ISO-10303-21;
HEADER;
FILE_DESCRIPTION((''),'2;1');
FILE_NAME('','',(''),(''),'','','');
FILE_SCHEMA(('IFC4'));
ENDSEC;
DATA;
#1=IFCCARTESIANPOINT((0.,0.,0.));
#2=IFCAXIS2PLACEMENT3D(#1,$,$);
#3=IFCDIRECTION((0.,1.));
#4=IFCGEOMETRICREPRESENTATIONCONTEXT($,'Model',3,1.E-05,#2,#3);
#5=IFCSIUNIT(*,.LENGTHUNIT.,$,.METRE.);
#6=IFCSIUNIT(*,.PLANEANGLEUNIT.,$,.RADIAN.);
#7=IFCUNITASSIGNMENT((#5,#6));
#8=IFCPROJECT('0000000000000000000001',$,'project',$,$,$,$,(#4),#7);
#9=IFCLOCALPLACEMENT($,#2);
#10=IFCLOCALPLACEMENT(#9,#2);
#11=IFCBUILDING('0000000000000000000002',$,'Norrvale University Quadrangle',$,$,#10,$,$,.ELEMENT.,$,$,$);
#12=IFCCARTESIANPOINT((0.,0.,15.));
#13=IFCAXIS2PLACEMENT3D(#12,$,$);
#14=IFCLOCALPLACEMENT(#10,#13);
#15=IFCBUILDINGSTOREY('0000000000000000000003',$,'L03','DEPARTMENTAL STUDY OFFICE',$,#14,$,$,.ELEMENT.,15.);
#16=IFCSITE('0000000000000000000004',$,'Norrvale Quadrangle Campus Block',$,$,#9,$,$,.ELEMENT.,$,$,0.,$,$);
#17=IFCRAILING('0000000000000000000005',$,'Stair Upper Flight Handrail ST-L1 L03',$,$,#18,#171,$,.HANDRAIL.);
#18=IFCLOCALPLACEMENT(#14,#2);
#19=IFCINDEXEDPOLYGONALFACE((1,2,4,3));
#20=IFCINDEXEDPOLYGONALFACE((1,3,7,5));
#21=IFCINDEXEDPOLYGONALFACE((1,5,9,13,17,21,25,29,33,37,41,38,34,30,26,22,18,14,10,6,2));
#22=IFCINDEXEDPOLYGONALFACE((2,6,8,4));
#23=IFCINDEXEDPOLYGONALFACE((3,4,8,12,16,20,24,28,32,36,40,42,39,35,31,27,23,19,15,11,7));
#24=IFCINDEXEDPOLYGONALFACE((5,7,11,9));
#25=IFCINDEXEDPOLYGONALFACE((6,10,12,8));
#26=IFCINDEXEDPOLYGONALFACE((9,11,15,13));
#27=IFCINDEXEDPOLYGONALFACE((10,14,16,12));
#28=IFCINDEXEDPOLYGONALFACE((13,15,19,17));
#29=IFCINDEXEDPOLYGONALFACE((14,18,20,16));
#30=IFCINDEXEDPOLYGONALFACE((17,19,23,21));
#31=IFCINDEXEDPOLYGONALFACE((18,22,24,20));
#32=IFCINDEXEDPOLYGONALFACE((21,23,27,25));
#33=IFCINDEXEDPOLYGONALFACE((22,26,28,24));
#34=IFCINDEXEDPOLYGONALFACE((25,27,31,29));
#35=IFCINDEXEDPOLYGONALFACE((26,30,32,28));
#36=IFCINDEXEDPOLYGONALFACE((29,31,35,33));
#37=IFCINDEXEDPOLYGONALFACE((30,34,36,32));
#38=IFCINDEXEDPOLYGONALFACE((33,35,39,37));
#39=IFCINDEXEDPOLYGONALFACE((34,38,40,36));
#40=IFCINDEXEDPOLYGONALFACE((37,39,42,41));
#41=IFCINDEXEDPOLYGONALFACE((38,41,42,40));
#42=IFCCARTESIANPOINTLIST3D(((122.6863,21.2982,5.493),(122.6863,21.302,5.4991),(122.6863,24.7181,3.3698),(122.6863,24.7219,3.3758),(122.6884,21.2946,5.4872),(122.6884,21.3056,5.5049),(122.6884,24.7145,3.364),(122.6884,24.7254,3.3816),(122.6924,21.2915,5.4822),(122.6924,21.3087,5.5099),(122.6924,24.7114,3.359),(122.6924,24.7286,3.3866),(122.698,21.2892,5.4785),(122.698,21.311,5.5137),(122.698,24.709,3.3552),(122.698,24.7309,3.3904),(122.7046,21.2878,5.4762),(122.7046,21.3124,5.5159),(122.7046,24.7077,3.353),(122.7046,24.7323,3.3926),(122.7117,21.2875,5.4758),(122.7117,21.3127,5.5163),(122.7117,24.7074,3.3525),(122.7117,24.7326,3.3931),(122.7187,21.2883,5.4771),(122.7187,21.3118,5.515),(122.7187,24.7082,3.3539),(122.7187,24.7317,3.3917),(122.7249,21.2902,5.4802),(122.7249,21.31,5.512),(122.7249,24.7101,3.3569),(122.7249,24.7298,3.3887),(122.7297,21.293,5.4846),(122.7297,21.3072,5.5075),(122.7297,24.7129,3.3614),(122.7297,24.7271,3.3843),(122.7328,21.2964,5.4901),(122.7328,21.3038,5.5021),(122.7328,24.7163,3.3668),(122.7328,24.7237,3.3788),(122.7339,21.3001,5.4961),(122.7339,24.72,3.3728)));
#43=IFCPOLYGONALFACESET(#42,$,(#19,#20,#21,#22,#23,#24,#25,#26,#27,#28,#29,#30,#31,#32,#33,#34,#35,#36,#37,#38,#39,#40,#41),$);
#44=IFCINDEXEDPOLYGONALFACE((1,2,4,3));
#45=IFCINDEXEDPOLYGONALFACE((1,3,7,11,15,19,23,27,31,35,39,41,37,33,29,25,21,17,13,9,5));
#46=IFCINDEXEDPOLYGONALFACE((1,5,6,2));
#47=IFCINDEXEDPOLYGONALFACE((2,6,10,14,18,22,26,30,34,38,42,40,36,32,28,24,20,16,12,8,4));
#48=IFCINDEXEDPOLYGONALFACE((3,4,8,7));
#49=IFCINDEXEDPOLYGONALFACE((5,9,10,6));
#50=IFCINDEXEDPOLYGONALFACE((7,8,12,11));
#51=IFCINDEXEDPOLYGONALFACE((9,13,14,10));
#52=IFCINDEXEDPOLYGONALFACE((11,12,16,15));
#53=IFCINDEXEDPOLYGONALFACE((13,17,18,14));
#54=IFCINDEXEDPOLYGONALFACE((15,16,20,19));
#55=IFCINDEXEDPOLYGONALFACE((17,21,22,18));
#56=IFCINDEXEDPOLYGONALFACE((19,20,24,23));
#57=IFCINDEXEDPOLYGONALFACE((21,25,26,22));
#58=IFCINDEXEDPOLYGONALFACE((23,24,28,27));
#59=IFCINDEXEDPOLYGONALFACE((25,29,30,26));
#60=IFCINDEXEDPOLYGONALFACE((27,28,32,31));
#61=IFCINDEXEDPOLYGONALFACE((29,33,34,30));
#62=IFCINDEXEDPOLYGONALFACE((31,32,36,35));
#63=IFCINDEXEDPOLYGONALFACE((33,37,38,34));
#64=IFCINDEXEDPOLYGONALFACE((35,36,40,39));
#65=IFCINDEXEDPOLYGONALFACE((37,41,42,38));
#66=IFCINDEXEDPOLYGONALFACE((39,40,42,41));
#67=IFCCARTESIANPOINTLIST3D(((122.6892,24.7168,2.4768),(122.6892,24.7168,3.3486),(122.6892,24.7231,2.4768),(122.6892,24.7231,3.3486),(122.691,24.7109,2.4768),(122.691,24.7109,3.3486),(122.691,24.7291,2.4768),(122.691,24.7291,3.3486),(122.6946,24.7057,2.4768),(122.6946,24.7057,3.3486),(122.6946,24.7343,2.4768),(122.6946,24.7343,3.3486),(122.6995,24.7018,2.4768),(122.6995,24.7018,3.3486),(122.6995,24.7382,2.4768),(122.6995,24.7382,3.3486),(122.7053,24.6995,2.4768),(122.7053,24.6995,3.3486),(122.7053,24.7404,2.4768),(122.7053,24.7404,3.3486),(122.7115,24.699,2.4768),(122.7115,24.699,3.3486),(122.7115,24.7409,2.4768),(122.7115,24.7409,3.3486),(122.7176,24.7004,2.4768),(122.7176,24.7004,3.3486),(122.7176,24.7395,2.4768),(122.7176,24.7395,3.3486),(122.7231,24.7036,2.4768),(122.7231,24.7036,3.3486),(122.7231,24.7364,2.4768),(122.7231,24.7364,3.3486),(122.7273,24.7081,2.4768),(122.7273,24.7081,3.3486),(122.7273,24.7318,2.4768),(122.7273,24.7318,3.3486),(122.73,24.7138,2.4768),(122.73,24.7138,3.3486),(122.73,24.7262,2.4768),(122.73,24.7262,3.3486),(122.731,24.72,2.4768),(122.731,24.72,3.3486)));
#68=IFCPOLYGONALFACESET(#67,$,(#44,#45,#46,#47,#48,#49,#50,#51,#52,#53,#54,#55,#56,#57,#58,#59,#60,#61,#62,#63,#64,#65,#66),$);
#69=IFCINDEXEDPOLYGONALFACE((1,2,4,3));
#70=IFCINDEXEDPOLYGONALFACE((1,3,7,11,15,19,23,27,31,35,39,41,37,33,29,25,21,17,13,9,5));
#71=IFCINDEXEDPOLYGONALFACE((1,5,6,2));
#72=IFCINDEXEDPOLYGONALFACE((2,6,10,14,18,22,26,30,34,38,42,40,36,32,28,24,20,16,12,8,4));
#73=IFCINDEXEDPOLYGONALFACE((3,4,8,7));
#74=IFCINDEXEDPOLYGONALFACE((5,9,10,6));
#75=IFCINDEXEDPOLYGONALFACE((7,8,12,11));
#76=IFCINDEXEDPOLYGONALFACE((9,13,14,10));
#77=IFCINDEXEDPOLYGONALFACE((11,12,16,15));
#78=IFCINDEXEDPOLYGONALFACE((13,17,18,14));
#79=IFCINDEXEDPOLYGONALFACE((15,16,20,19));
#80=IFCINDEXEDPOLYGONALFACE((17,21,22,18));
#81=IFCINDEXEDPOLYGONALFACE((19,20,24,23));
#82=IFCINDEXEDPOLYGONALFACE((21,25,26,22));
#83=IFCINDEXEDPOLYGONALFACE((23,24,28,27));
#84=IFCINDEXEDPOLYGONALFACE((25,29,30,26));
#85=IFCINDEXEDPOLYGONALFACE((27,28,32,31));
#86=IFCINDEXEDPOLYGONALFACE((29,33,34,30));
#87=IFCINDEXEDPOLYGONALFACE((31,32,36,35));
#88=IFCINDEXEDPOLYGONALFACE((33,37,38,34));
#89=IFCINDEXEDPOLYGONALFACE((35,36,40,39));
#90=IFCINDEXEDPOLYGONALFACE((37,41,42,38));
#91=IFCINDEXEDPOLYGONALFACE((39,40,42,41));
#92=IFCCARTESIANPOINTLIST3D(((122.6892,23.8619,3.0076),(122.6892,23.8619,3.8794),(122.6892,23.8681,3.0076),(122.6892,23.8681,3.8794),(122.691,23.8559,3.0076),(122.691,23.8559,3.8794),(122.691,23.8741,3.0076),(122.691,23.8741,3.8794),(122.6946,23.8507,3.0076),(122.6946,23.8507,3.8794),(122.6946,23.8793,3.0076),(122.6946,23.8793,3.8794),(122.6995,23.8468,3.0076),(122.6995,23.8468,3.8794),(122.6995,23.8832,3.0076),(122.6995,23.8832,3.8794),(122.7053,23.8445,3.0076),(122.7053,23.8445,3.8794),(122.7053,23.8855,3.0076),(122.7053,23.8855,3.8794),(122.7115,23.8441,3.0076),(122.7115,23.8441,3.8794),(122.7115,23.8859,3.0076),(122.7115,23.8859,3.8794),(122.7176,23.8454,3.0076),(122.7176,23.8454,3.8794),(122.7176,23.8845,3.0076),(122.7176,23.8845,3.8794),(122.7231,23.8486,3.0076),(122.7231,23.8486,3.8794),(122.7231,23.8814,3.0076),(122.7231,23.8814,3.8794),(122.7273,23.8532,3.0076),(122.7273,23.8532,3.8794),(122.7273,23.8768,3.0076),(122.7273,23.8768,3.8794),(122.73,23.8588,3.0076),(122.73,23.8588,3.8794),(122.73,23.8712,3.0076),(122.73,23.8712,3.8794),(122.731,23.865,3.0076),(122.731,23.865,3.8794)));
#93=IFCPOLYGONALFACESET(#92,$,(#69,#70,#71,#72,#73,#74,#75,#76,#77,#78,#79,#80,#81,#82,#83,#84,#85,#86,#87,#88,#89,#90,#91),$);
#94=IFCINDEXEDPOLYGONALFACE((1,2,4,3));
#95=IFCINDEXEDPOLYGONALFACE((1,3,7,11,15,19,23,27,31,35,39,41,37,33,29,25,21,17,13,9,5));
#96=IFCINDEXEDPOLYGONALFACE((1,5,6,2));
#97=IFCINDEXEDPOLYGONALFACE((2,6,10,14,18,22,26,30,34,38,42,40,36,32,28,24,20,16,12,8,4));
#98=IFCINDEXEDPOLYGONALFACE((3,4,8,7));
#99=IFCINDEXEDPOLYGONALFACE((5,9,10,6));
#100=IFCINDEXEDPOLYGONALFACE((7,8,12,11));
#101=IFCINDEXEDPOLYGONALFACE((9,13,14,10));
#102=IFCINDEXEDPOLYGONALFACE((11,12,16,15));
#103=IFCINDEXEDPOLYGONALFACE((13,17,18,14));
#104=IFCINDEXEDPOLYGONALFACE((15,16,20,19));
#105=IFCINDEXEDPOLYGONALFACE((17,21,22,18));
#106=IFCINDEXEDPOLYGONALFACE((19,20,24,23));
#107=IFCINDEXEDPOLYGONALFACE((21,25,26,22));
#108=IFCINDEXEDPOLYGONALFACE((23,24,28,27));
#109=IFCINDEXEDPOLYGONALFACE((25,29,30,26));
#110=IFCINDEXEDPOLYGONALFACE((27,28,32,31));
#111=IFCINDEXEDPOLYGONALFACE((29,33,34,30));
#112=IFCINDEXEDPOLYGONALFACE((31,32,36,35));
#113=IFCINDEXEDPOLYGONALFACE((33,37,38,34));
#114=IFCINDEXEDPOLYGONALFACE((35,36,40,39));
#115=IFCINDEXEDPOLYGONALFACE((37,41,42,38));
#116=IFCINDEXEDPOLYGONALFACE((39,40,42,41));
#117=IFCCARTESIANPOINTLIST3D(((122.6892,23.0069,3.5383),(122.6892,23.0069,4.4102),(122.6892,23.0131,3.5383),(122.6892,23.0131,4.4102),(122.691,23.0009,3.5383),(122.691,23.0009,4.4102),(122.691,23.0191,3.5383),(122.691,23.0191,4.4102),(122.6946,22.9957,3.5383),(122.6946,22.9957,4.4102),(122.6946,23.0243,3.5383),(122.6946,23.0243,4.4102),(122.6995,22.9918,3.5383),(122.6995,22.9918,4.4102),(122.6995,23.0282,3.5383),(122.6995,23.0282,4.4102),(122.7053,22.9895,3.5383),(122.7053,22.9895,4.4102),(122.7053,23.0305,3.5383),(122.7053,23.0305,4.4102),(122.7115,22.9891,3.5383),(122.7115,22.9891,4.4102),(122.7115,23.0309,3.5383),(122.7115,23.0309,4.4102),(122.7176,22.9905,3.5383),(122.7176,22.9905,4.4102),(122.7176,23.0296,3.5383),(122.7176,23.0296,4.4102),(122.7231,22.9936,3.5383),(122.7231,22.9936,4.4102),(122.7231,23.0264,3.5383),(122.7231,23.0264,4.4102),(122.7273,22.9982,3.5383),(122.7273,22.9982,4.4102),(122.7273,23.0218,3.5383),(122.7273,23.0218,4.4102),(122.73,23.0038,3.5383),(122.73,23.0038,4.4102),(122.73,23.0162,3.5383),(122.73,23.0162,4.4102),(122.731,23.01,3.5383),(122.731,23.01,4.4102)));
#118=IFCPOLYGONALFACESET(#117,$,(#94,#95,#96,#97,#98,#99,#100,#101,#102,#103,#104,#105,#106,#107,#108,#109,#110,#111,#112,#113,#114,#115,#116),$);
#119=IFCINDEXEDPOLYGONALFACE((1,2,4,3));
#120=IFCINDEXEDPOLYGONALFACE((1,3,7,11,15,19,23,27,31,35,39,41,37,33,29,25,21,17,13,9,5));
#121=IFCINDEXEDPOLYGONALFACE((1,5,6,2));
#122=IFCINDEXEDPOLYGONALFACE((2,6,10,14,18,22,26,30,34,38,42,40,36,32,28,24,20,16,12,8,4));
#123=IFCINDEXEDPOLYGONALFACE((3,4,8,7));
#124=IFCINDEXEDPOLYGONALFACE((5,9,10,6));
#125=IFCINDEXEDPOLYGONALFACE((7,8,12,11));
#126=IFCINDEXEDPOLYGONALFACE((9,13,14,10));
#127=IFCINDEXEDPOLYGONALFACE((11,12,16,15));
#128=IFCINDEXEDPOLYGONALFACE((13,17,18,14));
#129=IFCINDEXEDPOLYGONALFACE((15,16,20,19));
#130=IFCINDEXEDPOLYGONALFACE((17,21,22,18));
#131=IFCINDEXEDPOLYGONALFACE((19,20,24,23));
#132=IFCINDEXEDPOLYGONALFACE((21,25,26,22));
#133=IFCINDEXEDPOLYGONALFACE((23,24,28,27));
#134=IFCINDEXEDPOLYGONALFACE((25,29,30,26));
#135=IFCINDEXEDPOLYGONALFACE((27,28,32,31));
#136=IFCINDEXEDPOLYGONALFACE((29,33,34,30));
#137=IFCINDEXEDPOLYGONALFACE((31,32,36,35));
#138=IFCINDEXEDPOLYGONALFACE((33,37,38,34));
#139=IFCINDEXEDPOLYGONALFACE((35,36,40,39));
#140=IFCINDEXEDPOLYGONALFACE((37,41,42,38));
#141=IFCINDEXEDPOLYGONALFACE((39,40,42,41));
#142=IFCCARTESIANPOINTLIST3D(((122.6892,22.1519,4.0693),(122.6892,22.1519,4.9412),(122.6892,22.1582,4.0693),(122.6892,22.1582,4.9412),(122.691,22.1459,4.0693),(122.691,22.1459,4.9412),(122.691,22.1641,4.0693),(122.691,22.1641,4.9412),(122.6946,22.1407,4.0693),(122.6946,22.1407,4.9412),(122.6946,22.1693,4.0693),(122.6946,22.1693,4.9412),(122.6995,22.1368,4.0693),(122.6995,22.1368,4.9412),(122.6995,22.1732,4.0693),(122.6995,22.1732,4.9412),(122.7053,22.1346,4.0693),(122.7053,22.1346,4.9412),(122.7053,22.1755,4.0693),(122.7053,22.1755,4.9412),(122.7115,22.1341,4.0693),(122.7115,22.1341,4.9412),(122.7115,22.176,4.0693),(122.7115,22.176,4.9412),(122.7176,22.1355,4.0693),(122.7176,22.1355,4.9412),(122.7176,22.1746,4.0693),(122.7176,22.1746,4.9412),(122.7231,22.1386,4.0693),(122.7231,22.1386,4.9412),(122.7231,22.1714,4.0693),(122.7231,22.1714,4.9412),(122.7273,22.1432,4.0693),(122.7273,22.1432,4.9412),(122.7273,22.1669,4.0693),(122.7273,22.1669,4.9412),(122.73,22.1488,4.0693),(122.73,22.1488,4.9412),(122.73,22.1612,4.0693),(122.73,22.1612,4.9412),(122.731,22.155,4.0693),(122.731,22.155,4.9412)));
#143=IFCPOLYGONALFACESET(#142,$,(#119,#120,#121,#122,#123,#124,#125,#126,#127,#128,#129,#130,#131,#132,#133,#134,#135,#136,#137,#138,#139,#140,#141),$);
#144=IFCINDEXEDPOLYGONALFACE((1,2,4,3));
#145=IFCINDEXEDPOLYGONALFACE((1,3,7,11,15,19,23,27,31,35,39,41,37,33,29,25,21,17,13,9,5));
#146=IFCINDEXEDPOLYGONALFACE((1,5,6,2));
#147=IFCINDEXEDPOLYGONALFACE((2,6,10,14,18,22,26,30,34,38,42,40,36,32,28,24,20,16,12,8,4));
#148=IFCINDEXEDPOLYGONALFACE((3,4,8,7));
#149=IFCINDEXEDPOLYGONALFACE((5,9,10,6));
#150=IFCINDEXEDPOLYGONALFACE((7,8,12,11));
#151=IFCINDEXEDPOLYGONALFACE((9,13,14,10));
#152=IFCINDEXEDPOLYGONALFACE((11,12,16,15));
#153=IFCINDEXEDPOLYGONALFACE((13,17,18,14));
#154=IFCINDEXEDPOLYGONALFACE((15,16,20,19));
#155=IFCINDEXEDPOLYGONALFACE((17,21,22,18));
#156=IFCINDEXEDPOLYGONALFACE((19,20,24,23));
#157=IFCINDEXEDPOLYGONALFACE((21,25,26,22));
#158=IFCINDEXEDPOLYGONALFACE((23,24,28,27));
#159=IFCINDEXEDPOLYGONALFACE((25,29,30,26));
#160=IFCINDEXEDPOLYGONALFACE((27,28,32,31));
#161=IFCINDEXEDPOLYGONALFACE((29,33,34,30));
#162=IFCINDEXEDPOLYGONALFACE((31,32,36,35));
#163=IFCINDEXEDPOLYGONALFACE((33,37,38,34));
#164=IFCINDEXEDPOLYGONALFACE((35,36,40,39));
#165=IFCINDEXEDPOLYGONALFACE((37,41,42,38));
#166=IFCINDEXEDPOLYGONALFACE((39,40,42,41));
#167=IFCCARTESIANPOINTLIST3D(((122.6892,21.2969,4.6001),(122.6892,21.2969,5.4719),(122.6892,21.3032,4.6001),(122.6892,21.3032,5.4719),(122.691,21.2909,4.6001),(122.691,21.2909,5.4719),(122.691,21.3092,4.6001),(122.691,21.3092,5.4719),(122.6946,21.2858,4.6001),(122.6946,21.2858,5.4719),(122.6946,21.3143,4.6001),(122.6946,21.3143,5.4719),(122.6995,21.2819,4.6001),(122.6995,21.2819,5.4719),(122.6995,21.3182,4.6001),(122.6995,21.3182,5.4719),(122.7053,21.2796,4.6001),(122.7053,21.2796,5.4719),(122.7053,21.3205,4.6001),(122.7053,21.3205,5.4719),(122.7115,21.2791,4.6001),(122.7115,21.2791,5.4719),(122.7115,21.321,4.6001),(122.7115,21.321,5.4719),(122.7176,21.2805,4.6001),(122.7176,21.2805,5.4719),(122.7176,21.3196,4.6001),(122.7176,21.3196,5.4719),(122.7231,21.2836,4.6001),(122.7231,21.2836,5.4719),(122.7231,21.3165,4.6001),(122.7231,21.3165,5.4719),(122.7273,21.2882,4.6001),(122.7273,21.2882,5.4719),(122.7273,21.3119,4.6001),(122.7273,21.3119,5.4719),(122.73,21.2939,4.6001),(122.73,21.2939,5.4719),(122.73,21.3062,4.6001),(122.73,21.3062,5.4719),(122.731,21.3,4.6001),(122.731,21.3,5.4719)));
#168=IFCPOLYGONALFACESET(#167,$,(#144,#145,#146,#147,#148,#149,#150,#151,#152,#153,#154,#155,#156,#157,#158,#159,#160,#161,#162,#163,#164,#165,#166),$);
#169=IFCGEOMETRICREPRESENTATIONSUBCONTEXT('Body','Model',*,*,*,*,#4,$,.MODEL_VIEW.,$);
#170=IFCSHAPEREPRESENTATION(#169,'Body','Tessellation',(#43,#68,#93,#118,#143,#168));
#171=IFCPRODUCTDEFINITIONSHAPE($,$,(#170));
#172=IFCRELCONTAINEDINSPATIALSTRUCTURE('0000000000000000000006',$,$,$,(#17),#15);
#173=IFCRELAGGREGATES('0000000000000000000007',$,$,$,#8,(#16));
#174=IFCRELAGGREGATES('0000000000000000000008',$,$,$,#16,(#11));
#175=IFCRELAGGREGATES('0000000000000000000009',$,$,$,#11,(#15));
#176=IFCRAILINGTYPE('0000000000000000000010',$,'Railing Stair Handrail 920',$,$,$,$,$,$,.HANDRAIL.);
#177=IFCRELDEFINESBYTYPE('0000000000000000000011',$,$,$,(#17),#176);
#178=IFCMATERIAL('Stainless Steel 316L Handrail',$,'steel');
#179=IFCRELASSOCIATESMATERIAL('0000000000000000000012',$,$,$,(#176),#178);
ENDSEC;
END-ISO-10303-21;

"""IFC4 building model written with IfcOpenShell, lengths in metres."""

from ifc_helpers import new_model, si_unit, direction, frame, origin, origin_2d, place, context, subcontext, project, spatial, circle, extrude, material, type_object, element, save


model = new_model("IFC4")

# Units and contexts
model_context = context("Model", 3, precision=1e-05, world=origin(), true_north=direction((0.0, 1.0)))
body_context = subcontext(model_context, "Body", "Model", "MODEL_VIEW")
ifc_project = project(units=[si_unit("LENGTHUNIT", "METRE"), si_unit("PLANEANGLEUNIT", "RADIAN")], contexts=[model_context])

# Site, building, storey
site_placement = place(None, origin())
site = spatial("IfcSite", under=ifc_project, at=site_placement, Name="Norrvale Quadrangle Campus Block", CompositionType="ELEMENT", RefElevation=0.0)
building_placement = place(site_placement, origin())
building = spatial("IfcBuilding", under=site, at=building_placement, Name="Norrvale University Quadrangle", CompositionType="ELEMENT")
storey_placement = place(building_placement, frame((0.0, 0.0, 15.0)))
storey = spatial("IfcBuildingStorey", under=building, at=storey_placement, Name="L03", Description="DEPARTMENTAL STUDY OFFICE", CompositionType="ELEMENT", Elevation=15.0)

# Railing
ifc_material_1 = material(Name="Stainless Steel 316L Handrail", Category="steel")
railing_type_1 = type_object("IfcRailingType", Name="Railing Stair Handrail 920", PredefinedType="HANDRAIL", material=ifc_material_1)
railing_1_placement = place(storey_placement, frame((122.71, 24.72, 2.4768)))
element("IfcRailing", 1, at=railing_1_placement, inside=storey, type_object=railing_type_1, Name="Stair Upper Flight Handrail ST-L1 L03", PredefinedType="HANDRAIL", context=body_context, shape_type="SweptSolid", body=[
    extrude(circle(Radius=0.0239, at=origin_2d()), frame((0.0, 0.0, 0.896), z_axis=(0.0, -0.849576, 0.527467), x_axis=(1.0, 0.0, 0.0)), (0.0, 0.0, 1.0), 4.0254),
    extrude(circle(Radius=0.021, at=origin_2d()), origin(), (0.0, 0.0, 1.0), 0.8718),
    extrude(circle(Radius=0.021, at=origin_2d()), frame((0.0, -0.855, 0.5308)), (0.0, 0.0, 1.0), 0.8718),
    extrude(circle(Radius=0.021, at=origin_2d()), frame((0.0, -1.71, 1.0615)), (0.0, 0.0, 1.0), 0.8718),
    extrude(circle(Radius=0.021, at=origin_2d()), frame((0.0, -2.5649, 1.5925)), (0.0, 0.0, 1.0), 0.8718),
    extrude(circle(Radius=0.021, at=origin_2d()), frame((0.0, -3.4199, 2.1233)), (0.0, 0.0, 1.0), 0.8718),
])

save(model, "model.ifc")
